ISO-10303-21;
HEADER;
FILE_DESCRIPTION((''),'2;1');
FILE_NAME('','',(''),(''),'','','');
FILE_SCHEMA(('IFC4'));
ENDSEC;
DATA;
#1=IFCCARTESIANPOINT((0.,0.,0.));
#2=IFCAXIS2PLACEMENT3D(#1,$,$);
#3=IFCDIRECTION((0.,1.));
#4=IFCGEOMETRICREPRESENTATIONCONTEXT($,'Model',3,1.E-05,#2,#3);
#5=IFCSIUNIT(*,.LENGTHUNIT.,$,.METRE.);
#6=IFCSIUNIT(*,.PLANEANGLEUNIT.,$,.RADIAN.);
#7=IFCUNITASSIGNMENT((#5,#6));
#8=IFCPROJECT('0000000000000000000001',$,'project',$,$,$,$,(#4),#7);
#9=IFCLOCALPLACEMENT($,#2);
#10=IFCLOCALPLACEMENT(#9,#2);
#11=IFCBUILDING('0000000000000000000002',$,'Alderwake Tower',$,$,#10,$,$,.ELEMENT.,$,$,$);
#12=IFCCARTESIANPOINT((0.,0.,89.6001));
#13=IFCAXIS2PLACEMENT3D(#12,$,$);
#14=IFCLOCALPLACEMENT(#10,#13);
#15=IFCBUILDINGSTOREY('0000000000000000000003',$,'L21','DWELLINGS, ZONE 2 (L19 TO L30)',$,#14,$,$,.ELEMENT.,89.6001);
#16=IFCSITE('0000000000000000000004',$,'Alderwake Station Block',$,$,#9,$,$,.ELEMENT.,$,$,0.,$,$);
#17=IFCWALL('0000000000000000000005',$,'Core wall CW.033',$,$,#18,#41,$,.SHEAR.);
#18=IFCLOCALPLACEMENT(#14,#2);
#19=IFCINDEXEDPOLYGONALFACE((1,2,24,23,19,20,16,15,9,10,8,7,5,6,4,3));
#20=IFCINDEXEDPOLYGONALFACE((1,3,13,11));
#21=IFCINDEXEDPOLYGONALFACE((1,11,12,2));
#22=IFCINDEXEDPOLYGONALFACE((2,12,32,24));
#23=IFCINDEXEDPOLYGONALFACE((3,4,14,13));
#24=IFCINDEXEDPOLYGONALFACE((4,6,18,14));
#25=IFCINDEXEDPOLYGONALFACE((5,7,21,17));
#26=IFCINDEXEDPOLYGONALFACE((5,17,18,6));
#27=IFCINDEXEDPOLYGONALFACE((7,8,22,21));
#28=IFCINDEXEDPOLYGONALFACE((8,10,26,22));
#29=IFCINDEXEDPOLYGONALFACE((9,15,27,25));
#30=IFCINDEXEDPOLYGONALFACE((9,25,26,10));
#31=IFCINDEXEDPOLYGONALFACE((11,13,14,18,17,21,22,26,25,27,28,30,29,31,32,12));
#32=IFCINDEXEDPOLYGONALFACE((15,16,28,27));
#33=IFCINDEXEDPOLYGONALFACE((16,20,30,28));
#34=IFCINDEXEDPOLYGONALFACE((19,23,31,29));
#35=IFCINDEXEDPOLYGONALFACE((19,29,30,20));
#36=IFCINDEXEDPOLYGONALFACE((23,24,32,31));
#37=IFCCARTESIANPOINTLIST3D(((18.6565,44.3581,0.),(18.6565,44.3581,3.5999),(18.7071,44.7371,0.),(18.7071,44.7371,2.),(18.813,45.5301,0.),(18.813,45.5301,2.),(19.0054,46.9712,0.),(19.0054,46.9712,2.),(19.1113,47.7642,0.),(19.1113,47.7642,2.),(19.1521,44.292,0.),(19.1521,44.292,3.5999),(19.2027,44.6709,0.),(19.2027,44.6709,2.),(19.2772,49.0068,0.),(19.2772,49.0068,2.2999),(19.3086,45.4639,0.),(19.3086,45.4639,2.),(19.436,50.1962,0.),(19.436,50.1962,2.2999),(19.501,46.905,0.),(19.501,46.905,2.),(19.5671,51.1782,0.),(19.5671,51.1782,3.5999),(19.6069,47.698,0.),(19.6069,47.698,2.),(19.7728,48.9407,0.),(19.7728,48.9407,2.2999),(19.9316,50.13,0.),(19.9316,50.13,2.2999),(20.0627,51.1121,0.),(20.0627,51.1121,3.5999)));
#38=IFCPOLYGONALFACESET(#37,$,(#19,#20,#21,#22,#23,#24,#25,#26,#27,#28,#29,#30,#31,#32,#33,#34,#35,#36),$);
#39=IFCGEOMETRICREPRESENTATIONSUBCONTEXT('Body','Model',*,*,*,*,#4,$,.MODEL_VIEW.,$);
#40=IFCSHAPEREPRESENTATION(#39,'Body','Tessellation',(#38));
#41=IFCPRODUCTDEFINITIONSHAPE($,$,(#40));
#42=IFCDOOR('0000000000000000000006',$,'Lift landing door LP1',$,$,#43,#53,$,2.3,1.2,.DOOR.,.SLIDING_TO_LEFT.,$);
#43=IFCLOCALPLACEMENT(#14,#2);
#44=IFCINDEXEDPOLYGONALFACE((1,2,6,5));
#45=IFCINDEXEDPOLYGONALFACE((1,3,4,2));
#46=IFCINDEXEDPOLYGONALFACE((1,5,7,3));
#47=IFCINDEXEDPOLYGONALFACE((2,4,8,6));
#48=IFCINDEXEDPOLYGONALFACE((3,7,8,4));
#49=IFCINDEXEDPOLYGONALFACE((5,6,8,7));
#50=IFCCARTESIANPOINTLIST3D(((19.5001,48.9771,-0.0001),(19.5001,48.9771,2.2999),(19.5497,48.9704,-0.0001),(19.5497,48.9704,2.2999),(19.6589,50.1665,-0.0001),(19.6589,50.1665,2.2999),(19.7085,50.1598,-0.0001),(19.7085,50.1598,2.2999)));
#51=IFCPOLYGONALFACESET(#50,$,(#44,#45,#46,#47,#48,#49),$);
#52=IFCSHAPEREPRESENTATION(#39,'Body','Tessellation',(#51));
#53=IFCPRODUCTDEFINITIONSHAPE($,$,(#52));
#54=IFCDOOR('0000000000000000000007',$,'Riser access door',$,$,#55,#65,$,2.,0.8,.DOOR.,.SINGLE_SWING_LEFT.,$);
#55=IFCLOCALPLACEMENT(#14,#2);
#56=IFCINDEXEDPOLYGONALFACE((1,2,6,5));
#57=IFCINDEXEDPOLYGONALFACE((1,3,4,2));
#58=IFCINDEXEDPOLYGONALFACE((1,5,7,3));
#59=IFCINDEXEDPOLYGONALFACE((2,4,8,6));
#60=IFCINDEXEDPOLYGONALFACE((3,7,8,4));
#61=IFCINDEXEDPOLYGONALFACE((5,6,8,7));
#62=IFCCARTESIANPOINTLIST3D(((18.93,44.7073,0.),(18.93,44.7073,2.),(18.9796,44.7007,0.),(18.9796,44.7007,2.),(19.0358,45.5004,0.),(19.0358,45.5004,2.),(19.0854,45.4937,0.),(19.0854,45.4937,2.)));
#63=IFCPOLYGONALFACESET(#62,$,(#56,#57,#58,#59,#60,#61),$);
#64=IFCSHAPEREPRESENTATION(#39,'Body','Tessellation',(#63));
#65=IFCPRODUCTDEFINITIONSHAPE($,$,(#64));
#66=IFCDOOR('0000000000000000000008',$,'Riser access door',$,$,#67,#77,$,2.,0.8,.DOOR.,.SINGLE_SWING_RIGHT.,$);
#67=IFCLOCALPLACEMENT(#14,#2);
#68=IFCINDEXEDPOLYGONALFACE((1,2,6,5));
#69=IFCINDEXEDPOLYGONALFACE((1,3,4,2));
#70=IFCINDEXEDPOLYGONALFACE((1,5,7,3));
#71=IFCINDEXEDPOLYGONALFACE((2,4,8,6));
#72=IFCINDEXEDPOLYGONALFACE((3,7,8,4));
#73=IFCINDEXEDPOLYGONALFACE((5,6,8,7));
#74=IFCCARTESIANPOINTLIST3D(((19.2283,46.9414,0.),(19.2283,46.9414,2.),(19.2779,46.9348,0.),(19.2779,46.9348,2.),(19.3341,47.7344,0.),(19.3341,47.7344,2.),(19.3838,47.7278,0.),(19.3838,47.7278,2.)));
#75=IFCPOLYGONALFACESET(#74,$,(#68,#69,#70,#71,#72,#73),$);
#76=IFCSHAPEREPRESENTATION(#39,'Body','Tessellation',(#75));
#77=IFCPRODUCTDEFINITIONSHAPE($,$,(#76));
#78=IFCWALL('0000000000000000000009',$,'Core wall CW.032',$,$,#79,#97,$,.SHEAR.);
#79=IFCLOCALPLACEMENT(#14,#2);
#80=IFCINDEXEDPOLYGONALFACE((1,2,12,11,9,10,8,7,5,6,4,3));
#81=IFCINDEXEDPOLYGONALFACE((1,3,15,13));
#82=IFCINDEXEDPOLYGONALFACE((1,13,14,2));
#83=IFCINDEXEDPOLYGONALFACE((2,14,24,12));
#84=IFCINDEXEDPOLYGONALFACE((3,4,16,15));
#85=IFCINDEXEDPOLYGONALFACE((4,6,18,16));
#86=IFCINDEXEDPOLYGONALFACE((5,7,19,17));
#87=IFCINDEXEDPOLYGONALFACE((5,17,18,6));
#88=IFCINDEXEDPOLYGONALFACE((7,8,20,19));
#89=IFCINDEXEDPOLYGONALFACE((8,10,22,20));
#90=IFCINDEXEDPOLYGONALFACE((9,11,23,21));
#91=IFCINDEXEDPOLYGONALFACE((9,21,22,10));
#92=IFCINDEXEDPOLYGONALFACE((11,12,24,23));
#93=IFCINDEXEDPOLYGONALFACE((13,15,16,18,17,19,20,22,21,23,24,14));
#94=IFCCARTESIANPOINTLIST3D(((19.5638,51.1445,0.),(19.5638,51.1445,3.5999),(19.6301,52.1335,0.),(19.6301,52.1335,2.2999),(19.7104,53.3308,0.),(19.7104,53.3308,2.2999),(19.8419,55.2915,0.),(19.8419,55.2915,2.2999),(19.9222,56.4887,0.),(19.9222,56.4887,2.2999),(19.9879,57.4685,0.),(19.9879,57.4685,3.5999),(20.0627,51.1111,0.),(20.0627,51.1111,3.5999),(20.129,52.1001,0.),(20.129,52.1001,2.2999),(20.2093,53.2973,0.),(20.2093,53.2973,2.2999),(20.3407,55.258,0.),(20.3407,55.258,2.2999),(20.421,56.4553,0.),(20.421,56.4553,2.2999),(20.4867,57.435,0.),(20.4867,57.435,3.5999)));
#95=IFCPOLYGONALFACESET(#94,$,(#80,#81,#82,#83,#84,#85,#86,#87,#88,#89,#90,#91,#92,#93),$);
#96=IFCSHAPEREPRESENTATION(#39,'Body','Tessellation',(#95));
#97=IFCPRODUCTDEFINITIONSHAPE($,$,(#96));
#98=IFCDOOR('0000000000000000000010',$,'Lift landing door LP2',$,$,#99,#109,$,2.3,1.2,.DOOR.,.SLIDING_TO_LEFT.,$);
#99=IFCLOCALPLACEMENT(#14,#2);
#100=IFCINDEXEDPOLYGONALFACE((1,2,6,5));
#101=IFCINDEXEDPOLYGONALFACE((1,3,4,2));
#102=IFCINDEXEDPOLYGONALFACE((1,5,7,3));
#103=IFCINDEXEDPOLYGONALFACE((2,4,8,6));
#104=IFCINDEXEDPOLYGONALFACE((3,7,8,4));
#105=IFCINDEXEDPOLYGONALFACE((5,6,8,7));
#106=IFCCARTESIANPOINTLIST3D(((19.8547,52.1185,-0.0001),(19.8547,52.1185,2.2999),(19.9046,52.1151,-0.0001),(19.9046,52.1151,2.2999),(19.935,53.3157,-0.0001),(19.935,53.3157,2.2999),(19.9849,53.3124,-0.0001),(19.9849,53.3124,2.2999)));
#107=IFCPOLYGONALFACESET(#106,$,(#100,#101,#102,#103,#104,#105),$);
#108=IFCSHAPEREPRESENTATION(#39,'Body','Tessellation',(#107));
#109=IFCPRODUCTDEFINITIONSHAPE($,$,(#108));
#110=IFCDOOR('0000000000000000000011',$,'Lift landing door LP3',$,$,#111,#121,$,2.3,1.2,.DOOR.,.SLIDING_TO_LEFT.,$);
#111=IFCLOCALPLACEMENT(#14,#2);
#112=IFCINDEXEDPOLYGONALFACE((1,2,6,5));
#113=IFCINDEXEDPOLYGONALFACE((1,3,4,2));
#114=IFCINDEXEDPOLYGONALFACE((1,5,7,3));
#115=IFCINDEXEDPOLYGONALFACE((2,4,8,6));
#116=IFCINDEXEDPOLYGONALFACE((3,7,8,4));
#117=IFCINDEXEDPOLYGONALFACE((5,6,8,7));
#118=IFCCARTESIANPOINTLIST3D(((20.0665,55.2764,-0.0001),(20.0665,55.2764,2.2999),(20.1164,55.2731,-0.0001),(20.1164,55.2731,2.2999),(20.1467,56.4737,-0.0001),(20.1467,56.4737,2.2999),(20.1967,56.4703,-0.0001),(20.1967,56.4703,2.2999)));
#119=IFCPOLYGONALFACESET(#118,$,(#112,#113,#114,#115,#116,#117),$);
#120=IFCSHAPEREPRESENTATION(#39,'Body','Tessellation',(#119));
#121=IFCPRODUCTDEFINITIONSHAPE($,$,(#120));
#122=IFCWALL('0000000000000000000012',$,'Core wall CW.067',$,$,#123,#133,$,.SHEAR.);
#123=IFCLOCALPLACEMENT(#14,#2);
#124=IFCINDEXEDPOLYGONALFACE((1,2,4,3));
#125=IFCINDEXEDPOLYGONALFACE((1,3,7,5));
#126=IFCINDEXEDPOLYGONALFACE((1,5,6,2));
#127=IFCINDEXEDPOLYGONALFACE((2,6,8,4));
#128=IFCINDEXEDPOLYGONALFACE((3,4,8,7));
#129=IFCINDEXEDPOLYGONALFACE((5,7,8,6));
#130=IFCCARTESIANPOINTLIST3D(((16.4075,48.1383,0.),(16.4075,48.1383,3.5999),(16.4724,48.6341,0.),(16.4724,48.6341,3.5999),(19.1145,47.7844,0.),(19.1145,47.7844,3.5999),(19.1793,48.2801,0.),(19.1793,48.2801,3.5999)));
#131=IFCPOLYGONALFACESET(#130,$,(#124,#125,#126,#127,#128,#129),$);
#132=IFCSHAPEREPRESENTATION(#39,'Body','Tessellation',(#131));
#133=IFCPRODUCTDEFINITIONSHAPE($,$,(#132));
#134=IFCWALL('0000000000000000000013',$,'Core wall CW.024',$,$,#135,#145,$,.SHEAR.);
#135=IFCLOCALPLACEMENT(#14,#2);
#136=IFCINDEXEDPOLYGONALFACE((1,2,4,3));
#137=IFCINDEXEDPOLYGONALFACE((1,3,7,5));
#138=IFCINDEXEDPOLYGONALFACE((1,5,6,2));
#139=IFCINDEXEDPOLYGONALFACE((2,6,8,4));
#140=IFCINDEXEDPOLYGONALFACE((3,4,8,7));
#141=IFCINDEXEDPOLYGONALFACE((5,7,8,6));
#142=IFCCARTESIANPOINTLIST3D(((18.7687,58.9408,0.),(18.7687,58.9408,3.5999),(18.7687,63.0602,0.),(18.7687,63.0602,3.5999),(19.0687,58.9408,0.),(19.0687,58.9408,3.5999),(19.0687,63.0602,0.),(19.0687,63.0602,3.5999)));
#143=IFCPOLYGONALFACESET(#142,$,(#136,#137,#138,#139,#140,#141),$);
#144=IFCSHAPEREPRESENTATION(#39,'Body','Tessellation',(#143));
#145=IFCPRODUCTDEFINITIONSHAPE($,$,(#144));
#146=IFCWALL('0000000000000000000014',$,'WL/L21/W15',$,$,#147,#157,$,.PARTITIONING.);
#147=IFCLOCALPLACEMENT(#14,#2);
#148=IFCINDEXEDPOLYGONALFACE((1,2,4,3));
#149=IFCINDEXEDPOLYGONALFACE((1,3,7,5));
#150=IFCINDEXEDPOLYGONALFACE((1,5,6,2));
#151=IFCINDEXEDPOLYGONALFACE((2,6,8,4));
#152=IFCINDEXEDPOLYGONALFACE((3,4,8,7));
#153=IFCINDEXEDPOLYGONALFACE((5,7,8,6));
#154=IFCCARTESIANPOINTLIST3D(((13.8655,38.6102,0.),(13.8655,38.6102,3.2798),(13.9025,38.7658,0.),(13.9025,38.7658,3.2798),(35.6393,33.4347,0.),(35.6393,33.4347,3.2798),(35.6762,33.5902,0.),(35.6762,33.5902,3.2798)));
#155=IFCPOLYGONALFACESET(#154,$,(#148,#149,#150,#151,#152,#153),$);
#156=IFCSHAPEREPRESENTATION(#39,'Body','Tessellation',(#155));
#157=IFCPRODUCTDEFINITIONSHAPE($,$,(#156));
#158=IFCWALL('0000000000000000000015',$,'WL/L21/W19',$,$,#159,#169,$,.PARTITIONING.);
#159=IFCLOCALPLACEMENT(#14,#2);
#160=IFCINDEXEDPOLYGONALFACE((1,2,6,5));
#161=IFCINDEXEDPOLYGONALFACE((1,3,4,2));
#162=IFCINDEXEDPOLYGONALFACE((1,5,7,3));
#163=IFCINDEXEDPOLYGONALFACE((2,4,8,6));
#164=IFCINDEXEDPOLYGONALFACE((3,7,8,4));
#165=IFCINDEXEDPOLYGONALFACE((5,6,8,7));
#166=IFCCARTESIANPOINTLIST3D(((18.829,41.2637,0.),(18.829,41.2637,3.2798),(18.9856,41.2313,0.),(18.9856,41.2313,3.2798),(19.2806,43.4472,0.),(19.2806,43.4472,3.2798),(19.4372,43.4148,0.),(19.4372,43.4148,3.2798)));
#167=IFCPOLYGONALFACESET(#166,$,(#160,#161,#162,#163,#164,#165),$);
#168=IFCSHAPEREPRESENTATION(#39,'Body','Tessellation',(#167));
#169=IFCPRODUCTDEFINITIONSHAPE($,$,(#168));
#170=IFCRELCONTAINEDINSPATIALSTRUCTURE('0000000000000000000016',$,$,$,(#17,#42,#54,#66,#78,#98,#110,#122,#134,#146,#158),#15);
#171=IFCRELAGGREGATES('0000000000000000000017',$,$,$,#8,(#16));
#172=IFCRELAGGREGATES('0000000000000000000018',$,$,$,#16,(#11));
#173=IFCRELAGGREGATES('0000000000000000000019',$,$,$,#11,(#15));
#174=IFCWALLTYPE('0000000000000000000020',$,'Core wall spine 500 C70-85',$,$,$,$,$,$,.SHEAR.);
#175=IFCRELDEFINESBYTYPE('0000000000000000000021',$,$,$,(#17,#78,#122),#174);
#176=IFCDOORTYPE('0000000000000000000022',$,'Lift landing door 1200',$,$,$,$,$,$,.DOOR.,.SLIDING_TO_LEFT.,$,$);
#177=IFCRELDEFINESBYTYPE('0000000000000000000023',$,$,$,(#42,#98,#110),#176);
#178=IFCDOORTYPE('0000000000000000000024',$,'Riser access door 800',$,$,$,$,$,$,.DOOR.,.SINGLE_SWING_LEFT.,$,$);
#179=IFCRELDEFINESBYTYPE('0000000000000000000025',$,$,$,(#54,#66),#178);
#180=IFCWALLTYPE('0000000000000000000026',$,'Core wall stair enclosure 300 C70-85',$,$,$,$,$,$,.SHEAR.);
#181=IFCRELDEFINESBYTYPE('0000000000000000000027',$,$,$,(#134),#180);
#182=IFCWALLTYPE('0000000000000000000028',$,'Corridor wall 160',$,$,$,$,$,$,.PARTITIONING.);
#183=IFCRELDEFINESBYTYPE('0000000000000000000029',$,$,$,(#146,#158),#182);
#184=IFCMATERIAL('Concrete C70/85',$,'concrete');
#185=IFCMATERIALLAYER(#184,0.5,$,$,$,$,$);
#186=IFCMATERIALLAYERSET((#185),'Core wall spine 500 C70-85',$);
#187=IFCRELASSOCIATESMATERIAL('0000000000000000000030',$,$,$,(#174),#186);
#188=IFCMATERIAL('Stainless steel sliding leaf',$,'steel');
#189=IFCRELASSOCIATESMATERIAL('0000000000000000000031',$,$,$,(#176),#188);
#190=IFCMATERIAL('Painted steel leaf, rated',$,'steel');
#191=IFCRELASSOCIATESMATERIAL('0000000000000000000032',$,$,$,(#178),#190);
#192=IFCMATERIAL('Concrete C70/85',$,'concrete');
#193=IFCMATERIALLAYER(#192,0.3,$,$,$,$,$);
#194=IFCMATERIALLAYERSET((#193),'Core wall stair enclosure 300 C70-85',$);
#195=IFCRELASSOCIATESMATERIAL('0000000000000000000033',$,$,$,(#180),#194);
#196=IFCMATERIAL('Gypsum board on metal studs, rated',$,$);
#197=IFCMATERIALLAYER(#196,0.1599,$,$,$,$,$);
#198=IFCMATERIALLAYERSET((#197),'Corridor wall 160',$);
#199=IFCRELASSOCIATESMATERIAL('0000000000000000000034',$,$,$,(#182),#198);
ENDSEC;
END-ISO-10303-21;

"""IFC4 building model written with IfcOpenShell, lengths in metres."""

from ifc_helpers import new_model, si_unit, direction, frame, frame_2d, origin, place, context, subcontext, project, spatial, rectangle, extrude, material, layer, layer_set, type_object, element, fill, save


model = new_model("IFC4")

# Units and contexts
model_context = context("Model", 3, precision=1e-05, world=origin(), true_north=direction((0.0, 1.0)))
body_context = subcontext(model_context, "Body", "Model", "MODEL_VIEW")
ifc_project = project(units=[si_unit("LENGTHUNIT", "METRE"), si_unit("PLANEANGLEUNIT", "RADIAN")], contexts=[model_context])

# Site, building, storey
site_placement = place(None, origin())
site = spatial("IfcSite", under=ifc_project, at=site_placement, Name="Alderwake Station Block", CompositionType="ELEMENT", RefElevation=0.0)
building_placement = place(site_placement, origin())
building = spatial("IfcBuilding", under=site, at=building_placement, Name="Alderwake Tower", CompositionType="ELEMENT")
storey_placement = place(building_placement, frame((0.0, 0.0, 89.6001)))
storey = spatial("IfcBuildingStorey", under=building, at=storey_placement, Name="L21", Description="DWELLINGS, ZONE 2 (L19 TO L30)", CompositionType="ELEMENT", Elevation=89.6001)

# Walls, openings, doors
ifc_material_1 = material(Name="Concrete C70/85", Category="concrete")
ifc_layer_1 = layer(ifc_material_1, 0.5)
ifc_layer_set_1 = layer_set([ifc_layer_1], Name="Core wall spine 500 C70-85")
wall_type_1 = type_object("IfcWallType", Name="Core wall spine 500 C70-85", PredefinedType="SHEAR", material=ifc_layer_set_1)
wall_1_placement = place(storey_placement, frame((19.8149, 51.1453, 0.0), z_axis=(0.0, 0.0, 1.0), x_axis=(-0.13235, -0.991203, 0.0)))
wall_1 = element("IfcWall", 1, at=wall_1_placement, inside=storey, type_object=wall_type_1, Name="Core wall CW.033", PredefinedType="SHEAR", context=body_context, shape_type="SweptSolid", body=[
    extrude(rectangle(XDim=6.8806, YDim=0.5, at=frame_2d((3.4404, 0.0))), origin(), (0.0, 0.0, 1.0), 3.5999),
])
opening_1_placement = place(wall_1_placement, frame((0.9907, 0.0, 0.0)))
opening_1 = element("IfcOpeningElement", 2, at=opening_1_placement, cuts=wall_1, PredefinedType="OPENING", context=body_context, shape_type="SweptSolid", body=[
    extrude(rectangle(XDim=1.2, YDim=2.3, at=frame_2d((0.6001, 1.1499))), frame((0.0, 0.26, 0.0), z_axis=(0.0, -1.0, 0.0), x_axis=(1.0, 0.0, 0.0)), (0.0, 0.0, 1.0), 0.52),
])
opening_2_placement = place(wall_1_placement, frame((5.6985, 0.0, 0.0)))
opening_2 = element("IfcOpeningElement", 3, at=opening_2_placement, cuts=wall_1, PredefinedType="OPENING", context=body_context, shape_type="SweptSolid", body=[
    extrude(rectangle(XDim=0.8, YDim=2.0, at=frame_2d((0.3999, 1.0))), frame((0.0, 0.26, 0.0), z_axis=(0.0, -1.0, 0.0), x_axis=(1.0, 0.0, 0.0)), (0.0, 0.0, 1.0), 0.52),
])
opening_3_placement = place(wall_1_placement, frame((3.4446, 0.0, 0.0)))
opening_3 = element("IfcOpeningElement", 4, at=opening_3_placement, cuts=wall_1, PredefinedType="OPENING", context=body_context, shape_type="SweptSolid", body=[
    extrude(rectangle(XDim=0.8, YDim=2.0, at=frame_2d((0.3999, 1.0))), frame((0.0, 0.26, 0.0), z_axis=(0.0, -1.0, 0.0), x_axis=(1.0, 0.0, 0.0)), (0.0, 0.0, 1.0), 0.52),
])
ifc_material_2 = material(Name="Stainless steel sliding leaf", Category="steel")
door_type_1 = type_object("IfcDoorType", Name="Lift landing door 1200", OperationType="SLIDING_TO_LEFT", PredefinedType="DOOR", material=ifc_material_2)
door_1_placement = place(opening_1_placement, origin())
door_1 = element("IfcDoor", 5, at=door_1_placement, inside=storey, type_object=door_type_1, Name="Lift landing door LP1", OperationType="SLIDING_TO_LEFT", OverallHeight=2.3, OverallWidth=1.2, PredefinedType="DOOR", context=body_context, shape_type="SweptSolid", body=[
    extrude(rectangle(XDim=1.2, YDim=2.3, at=frame_2d((0.6001, 1.1499))), frame((0.0, 0.0249, 0.0), z_axis=(0.0, -1.0, 0.0), x_axis=(1.0, 0.0, 0.0)), (0.0, 0.0, 1.0), 0.05),
])
fill(opening_1, door_1)
ifc_material_3 = material(Name="Painted steel leaf, rated", Category="steel")
door_type_2 = type_object("IfcDoorType", Name="Riser access door 800", OperationType="SINGLE_SWING_LEFT", PredefinedType="DOOR", material=ifc_material_3)
door_2_placement = place(opening_2_placement, origin())
door_2 = element("IfcDoor", 6, at=door_2_placement, inside=storey, type_object=door_type_2, Name="Riser access door", OperationType="SINGLE_SWING_LEFT", OverallHeight=2.0, OverallWidth=0.8, PredefinedType="DOOR", context=body_context, shape_type="SweptSolid", body=[
    extrude(rectangle(XDim=0.8, YDim=2.0, at=frame_2d((0.3999, 1.0))), frame((0.0, 0.0249, 0.0), z_axis=(0.0, -1.0, 0.0), x_axis=(1.0, 0.0, 0.0)), (0.0, 0.0, 1.0), 0.05),
])
fill(opening_2, door_2)
door_3_placement = place(opening_3_placement, origin())
door_3 = element("IfcDoor", 7, at=door_3_placement, inside=storey, type_object=door_type_2, Name="Riser access door", OperationType="SINGLE_SWING_RIGHT", OverallHeight=2.0, OverallWidth=0.8, PredefinedType="DOOR", context=body_context, shape_type="SweptSolid", body=[
    extrude(rectangle(XDim=0.8, YDim=2.0, at=frame_2d((0.3999, 1.0))), frame((0.0, 0.0249, 0.0), z_axis=(0.0, -1.0, 0.0), x_axis=(1.0, 0.0, 0.0)), (0.0, 0.0, 1.0), 0.05),
])
fill(opening_3, door_3)
wall_2_placement = place(storey_placement, frame((19.8132, 51.1279, 0.0), z_axis=(0.0, 0.0, 1.0), x_axis=(0.066908, 0.997759, 0.0)))
wall_2 = element("IfcWall", 8, at=wall_2_placement, inside=storey, type_object=wall_type_1, Name="Core wall CW.032", PredefinedType="SHEAR", context=body_context, shape_type="SweptSolid", body=[
    extrude(rectangle(XDim=6.3381, YDim=0.5, at=frame_2d((3.1689, 0.0))), origin(), (0.0, 0.0, 1.0), 3.5999),
])
opening_4_placement = place(wall_2_placement, frame((0.991, 0.0, 0.0)))
opening_4 = element("IfcOpeningElement", 9, at=opening_4_placement, cuts=wall_2, PredefinedType="OPENING", context=body_context, shape_type="SweptSolid", body=[
    extrude(rectangle(XDim=1.2, YDim=2.3, at=frame_2d((0.6001, 1.1499))), frame((0.0, 0.26, 0.0), z_axis=(0.0, -1.0, 0.0), x_axis=(1.0, 0.0, 0.0)), (0.0, 0.0, 1.0), 0.52),
])
opening_5_placement = place(wall_2_placement, frame((4.156, 0.0, 0.0)))
opening_5 = element("IfcOpeningElement", 10, at=opening_5_placement, cuts=wall_2, PredefinedType="OPENING", context=body_context, shape_type="SweptSolid", body=[
    extrude(rectangle(XDim=1.2, YDim=2.3, at=frame_2d((0.6001, 1.1499))), frame((0.0, 0.26, 0.0), z_axis=(0.0, -1.0, 0.0), x_axis=(1.0, 0.0, 0.0)), (0.0, 0.0, 1.0), 0.52),
])
door_4_placement = place(opening_4_placement, origin())
door_4 = element("IfcDoor", 11, at=door_4_placement, inside=storey, type_object=door_type_1, Name="Lift landing door LP2", OperationType="SLIDING_TO_LEFT", OverallHeight=2.3, OverallWidth=1.2, PredefinedType="DOOR", context=body_context, shape_type="SweptSolid", body=[
    extrude(rectangle(XDim=1.2, YDim=2.3, at=frame_2d((0.6001, 1.1499))), frame((0.0, 0.0249, 0.0), z_axis=(0.0, -1.0, 0.0), x_axis=(1.0, 0.0, 0.0)), (0.0, 0.0, 1.0), 0.05),
])
fill(opening_4, door_4)
door_5_placement = place(opening_5_placement, origin())
door_5 = element("IfcDoor", 12, at=door_5_placement, inside=storey, type_object=door_type_1, Name="Lift landing door LP3", OperationType="SLIDING_TO_LEFT", OverallHeight=2.3, OverallWidth=1.2, PredefinedType="DOOR", context=body_context, shape_type="SweptSolid", body=[
    extrude(rectangle(XDim=1.2, YDim=2.3, at=frame_2d((0.6001, 1.1499))), frame((0.0, 0.0249, 0.0), z_axis=(0.0, -1.0, 0.0), x_axis=(1.0, 0.0, 0.0)), (0.0, 0.0, 1.0), 0.05),
])
fill(opening_5, door_5)

# Walls
wall_3_placement = place(storey_placement, frame((16.4399, 48.3862, 0.0), z_axis=(0.0, 0.0, 1.0), x_axis=(0.991557, -0.129668, 0.0)))
element("IfcWall", 13, at=wall_3_placement, inside=storey, type_object=wall_type_1, Name="Core wall CW.067", PredefinedType="SHEAR", context=body_context, shape_type="SweptSolid", body=[
    extrude(rectangle(XDim=2.73, YDim=0.5, at=frame_2d((1.365, 0.0))), origin(), (0.0, 0.0, 1.0), 3.5999),
])
ifc_material_4 = material(Name="Concrete C70/85", Category="concrete")
ifc_layer_2 = layer(ifc_material_4, 0.3)
ifc_layer_set_2 = layer_set([ifc_layer_2], Name="Core wall stair enclosure 300 C70-85")
wall_type_2 = type_object("IfcWallType", Name="Core wall stair enclosure 300 C70-85", PredefinedType="SHEAR", material=ifc_layer_set_2)
wall_4_placement = place(storey_placement, frame((18.9187, 58.9409, 0.0), z_axis=(0.0, 0.0, 1.0), x_axis=(0.0, 1.0, 0.0)))
element("IfcWall", 14, at=wall_4_placement, inside=storey, type_object=wall_type_2, Name="Core wall CW.024", PredefinedType="SHEAR", context=body_context, shape_type="SweptSolid", body=[
    extrude(rectangle(XDim=4.1194, YDim=0.3, at=frame_2d((2.0596, 0.0))), origin(), (0.0, 0.0, 1.0), 3.5999),
])
ifc_material_5 = material(Name="Gypsum board on metal studs, rated")
ifc_layer_3 = layer(ifc_material_5, 0.1599)
ifc_layer_set_3 = layer_set([ifc_layer_3], Name="Corridor wall 160")
wall_type_3 = type_object("IfcWallType", Name="Corridor wall 160", PredefinedType="PARTITIONING", material=ifc_layer_set_3)
wall_5_placement = place(storey_placement, frame((13.884, 38.688, 0.0), z_axis=(0.0, 0.0, 1.0), x_axis=(0.972893, -0.231254, 0.0)))
element("IfcWall", 15, at=wall_5_placement, inside=storey, type_object=wall_type_3, Name="WL/L21/W15", PredefinedType="PARTITIONING", context=body_context, shape_type="SweptSolid", body=[
    extrude(rectangle(XDim=22.3804, YDim=0.1599, at=frame_2d((11.1902, 0.0))), origin(), (0.0, 0.0, 1.0), 3.2798),
])
wall_6_placement = place(storey_placement, frame((19.3589, 43.4309, 0.0), z_axis=(0.0, 0.0, 1.0), x_axis=(-0.202555, -0.979271, 0.0)))
element("IfcWall", 16, at=wall_6_placement, inside=storey, type_object=wall_type_3, Name="WL/L21/W19", PredefinedType="PARTITIONING", context=body_context, shape_type="SweptSolid", body=[
    extrude(rectangle(XDim=2.2297, YDim=0.1599, at=frame_2d((1.1147, 0.0))), origin(), (0.0, 0.0, 1.0), 3.2798),
])

save(model, "model.ifc")
